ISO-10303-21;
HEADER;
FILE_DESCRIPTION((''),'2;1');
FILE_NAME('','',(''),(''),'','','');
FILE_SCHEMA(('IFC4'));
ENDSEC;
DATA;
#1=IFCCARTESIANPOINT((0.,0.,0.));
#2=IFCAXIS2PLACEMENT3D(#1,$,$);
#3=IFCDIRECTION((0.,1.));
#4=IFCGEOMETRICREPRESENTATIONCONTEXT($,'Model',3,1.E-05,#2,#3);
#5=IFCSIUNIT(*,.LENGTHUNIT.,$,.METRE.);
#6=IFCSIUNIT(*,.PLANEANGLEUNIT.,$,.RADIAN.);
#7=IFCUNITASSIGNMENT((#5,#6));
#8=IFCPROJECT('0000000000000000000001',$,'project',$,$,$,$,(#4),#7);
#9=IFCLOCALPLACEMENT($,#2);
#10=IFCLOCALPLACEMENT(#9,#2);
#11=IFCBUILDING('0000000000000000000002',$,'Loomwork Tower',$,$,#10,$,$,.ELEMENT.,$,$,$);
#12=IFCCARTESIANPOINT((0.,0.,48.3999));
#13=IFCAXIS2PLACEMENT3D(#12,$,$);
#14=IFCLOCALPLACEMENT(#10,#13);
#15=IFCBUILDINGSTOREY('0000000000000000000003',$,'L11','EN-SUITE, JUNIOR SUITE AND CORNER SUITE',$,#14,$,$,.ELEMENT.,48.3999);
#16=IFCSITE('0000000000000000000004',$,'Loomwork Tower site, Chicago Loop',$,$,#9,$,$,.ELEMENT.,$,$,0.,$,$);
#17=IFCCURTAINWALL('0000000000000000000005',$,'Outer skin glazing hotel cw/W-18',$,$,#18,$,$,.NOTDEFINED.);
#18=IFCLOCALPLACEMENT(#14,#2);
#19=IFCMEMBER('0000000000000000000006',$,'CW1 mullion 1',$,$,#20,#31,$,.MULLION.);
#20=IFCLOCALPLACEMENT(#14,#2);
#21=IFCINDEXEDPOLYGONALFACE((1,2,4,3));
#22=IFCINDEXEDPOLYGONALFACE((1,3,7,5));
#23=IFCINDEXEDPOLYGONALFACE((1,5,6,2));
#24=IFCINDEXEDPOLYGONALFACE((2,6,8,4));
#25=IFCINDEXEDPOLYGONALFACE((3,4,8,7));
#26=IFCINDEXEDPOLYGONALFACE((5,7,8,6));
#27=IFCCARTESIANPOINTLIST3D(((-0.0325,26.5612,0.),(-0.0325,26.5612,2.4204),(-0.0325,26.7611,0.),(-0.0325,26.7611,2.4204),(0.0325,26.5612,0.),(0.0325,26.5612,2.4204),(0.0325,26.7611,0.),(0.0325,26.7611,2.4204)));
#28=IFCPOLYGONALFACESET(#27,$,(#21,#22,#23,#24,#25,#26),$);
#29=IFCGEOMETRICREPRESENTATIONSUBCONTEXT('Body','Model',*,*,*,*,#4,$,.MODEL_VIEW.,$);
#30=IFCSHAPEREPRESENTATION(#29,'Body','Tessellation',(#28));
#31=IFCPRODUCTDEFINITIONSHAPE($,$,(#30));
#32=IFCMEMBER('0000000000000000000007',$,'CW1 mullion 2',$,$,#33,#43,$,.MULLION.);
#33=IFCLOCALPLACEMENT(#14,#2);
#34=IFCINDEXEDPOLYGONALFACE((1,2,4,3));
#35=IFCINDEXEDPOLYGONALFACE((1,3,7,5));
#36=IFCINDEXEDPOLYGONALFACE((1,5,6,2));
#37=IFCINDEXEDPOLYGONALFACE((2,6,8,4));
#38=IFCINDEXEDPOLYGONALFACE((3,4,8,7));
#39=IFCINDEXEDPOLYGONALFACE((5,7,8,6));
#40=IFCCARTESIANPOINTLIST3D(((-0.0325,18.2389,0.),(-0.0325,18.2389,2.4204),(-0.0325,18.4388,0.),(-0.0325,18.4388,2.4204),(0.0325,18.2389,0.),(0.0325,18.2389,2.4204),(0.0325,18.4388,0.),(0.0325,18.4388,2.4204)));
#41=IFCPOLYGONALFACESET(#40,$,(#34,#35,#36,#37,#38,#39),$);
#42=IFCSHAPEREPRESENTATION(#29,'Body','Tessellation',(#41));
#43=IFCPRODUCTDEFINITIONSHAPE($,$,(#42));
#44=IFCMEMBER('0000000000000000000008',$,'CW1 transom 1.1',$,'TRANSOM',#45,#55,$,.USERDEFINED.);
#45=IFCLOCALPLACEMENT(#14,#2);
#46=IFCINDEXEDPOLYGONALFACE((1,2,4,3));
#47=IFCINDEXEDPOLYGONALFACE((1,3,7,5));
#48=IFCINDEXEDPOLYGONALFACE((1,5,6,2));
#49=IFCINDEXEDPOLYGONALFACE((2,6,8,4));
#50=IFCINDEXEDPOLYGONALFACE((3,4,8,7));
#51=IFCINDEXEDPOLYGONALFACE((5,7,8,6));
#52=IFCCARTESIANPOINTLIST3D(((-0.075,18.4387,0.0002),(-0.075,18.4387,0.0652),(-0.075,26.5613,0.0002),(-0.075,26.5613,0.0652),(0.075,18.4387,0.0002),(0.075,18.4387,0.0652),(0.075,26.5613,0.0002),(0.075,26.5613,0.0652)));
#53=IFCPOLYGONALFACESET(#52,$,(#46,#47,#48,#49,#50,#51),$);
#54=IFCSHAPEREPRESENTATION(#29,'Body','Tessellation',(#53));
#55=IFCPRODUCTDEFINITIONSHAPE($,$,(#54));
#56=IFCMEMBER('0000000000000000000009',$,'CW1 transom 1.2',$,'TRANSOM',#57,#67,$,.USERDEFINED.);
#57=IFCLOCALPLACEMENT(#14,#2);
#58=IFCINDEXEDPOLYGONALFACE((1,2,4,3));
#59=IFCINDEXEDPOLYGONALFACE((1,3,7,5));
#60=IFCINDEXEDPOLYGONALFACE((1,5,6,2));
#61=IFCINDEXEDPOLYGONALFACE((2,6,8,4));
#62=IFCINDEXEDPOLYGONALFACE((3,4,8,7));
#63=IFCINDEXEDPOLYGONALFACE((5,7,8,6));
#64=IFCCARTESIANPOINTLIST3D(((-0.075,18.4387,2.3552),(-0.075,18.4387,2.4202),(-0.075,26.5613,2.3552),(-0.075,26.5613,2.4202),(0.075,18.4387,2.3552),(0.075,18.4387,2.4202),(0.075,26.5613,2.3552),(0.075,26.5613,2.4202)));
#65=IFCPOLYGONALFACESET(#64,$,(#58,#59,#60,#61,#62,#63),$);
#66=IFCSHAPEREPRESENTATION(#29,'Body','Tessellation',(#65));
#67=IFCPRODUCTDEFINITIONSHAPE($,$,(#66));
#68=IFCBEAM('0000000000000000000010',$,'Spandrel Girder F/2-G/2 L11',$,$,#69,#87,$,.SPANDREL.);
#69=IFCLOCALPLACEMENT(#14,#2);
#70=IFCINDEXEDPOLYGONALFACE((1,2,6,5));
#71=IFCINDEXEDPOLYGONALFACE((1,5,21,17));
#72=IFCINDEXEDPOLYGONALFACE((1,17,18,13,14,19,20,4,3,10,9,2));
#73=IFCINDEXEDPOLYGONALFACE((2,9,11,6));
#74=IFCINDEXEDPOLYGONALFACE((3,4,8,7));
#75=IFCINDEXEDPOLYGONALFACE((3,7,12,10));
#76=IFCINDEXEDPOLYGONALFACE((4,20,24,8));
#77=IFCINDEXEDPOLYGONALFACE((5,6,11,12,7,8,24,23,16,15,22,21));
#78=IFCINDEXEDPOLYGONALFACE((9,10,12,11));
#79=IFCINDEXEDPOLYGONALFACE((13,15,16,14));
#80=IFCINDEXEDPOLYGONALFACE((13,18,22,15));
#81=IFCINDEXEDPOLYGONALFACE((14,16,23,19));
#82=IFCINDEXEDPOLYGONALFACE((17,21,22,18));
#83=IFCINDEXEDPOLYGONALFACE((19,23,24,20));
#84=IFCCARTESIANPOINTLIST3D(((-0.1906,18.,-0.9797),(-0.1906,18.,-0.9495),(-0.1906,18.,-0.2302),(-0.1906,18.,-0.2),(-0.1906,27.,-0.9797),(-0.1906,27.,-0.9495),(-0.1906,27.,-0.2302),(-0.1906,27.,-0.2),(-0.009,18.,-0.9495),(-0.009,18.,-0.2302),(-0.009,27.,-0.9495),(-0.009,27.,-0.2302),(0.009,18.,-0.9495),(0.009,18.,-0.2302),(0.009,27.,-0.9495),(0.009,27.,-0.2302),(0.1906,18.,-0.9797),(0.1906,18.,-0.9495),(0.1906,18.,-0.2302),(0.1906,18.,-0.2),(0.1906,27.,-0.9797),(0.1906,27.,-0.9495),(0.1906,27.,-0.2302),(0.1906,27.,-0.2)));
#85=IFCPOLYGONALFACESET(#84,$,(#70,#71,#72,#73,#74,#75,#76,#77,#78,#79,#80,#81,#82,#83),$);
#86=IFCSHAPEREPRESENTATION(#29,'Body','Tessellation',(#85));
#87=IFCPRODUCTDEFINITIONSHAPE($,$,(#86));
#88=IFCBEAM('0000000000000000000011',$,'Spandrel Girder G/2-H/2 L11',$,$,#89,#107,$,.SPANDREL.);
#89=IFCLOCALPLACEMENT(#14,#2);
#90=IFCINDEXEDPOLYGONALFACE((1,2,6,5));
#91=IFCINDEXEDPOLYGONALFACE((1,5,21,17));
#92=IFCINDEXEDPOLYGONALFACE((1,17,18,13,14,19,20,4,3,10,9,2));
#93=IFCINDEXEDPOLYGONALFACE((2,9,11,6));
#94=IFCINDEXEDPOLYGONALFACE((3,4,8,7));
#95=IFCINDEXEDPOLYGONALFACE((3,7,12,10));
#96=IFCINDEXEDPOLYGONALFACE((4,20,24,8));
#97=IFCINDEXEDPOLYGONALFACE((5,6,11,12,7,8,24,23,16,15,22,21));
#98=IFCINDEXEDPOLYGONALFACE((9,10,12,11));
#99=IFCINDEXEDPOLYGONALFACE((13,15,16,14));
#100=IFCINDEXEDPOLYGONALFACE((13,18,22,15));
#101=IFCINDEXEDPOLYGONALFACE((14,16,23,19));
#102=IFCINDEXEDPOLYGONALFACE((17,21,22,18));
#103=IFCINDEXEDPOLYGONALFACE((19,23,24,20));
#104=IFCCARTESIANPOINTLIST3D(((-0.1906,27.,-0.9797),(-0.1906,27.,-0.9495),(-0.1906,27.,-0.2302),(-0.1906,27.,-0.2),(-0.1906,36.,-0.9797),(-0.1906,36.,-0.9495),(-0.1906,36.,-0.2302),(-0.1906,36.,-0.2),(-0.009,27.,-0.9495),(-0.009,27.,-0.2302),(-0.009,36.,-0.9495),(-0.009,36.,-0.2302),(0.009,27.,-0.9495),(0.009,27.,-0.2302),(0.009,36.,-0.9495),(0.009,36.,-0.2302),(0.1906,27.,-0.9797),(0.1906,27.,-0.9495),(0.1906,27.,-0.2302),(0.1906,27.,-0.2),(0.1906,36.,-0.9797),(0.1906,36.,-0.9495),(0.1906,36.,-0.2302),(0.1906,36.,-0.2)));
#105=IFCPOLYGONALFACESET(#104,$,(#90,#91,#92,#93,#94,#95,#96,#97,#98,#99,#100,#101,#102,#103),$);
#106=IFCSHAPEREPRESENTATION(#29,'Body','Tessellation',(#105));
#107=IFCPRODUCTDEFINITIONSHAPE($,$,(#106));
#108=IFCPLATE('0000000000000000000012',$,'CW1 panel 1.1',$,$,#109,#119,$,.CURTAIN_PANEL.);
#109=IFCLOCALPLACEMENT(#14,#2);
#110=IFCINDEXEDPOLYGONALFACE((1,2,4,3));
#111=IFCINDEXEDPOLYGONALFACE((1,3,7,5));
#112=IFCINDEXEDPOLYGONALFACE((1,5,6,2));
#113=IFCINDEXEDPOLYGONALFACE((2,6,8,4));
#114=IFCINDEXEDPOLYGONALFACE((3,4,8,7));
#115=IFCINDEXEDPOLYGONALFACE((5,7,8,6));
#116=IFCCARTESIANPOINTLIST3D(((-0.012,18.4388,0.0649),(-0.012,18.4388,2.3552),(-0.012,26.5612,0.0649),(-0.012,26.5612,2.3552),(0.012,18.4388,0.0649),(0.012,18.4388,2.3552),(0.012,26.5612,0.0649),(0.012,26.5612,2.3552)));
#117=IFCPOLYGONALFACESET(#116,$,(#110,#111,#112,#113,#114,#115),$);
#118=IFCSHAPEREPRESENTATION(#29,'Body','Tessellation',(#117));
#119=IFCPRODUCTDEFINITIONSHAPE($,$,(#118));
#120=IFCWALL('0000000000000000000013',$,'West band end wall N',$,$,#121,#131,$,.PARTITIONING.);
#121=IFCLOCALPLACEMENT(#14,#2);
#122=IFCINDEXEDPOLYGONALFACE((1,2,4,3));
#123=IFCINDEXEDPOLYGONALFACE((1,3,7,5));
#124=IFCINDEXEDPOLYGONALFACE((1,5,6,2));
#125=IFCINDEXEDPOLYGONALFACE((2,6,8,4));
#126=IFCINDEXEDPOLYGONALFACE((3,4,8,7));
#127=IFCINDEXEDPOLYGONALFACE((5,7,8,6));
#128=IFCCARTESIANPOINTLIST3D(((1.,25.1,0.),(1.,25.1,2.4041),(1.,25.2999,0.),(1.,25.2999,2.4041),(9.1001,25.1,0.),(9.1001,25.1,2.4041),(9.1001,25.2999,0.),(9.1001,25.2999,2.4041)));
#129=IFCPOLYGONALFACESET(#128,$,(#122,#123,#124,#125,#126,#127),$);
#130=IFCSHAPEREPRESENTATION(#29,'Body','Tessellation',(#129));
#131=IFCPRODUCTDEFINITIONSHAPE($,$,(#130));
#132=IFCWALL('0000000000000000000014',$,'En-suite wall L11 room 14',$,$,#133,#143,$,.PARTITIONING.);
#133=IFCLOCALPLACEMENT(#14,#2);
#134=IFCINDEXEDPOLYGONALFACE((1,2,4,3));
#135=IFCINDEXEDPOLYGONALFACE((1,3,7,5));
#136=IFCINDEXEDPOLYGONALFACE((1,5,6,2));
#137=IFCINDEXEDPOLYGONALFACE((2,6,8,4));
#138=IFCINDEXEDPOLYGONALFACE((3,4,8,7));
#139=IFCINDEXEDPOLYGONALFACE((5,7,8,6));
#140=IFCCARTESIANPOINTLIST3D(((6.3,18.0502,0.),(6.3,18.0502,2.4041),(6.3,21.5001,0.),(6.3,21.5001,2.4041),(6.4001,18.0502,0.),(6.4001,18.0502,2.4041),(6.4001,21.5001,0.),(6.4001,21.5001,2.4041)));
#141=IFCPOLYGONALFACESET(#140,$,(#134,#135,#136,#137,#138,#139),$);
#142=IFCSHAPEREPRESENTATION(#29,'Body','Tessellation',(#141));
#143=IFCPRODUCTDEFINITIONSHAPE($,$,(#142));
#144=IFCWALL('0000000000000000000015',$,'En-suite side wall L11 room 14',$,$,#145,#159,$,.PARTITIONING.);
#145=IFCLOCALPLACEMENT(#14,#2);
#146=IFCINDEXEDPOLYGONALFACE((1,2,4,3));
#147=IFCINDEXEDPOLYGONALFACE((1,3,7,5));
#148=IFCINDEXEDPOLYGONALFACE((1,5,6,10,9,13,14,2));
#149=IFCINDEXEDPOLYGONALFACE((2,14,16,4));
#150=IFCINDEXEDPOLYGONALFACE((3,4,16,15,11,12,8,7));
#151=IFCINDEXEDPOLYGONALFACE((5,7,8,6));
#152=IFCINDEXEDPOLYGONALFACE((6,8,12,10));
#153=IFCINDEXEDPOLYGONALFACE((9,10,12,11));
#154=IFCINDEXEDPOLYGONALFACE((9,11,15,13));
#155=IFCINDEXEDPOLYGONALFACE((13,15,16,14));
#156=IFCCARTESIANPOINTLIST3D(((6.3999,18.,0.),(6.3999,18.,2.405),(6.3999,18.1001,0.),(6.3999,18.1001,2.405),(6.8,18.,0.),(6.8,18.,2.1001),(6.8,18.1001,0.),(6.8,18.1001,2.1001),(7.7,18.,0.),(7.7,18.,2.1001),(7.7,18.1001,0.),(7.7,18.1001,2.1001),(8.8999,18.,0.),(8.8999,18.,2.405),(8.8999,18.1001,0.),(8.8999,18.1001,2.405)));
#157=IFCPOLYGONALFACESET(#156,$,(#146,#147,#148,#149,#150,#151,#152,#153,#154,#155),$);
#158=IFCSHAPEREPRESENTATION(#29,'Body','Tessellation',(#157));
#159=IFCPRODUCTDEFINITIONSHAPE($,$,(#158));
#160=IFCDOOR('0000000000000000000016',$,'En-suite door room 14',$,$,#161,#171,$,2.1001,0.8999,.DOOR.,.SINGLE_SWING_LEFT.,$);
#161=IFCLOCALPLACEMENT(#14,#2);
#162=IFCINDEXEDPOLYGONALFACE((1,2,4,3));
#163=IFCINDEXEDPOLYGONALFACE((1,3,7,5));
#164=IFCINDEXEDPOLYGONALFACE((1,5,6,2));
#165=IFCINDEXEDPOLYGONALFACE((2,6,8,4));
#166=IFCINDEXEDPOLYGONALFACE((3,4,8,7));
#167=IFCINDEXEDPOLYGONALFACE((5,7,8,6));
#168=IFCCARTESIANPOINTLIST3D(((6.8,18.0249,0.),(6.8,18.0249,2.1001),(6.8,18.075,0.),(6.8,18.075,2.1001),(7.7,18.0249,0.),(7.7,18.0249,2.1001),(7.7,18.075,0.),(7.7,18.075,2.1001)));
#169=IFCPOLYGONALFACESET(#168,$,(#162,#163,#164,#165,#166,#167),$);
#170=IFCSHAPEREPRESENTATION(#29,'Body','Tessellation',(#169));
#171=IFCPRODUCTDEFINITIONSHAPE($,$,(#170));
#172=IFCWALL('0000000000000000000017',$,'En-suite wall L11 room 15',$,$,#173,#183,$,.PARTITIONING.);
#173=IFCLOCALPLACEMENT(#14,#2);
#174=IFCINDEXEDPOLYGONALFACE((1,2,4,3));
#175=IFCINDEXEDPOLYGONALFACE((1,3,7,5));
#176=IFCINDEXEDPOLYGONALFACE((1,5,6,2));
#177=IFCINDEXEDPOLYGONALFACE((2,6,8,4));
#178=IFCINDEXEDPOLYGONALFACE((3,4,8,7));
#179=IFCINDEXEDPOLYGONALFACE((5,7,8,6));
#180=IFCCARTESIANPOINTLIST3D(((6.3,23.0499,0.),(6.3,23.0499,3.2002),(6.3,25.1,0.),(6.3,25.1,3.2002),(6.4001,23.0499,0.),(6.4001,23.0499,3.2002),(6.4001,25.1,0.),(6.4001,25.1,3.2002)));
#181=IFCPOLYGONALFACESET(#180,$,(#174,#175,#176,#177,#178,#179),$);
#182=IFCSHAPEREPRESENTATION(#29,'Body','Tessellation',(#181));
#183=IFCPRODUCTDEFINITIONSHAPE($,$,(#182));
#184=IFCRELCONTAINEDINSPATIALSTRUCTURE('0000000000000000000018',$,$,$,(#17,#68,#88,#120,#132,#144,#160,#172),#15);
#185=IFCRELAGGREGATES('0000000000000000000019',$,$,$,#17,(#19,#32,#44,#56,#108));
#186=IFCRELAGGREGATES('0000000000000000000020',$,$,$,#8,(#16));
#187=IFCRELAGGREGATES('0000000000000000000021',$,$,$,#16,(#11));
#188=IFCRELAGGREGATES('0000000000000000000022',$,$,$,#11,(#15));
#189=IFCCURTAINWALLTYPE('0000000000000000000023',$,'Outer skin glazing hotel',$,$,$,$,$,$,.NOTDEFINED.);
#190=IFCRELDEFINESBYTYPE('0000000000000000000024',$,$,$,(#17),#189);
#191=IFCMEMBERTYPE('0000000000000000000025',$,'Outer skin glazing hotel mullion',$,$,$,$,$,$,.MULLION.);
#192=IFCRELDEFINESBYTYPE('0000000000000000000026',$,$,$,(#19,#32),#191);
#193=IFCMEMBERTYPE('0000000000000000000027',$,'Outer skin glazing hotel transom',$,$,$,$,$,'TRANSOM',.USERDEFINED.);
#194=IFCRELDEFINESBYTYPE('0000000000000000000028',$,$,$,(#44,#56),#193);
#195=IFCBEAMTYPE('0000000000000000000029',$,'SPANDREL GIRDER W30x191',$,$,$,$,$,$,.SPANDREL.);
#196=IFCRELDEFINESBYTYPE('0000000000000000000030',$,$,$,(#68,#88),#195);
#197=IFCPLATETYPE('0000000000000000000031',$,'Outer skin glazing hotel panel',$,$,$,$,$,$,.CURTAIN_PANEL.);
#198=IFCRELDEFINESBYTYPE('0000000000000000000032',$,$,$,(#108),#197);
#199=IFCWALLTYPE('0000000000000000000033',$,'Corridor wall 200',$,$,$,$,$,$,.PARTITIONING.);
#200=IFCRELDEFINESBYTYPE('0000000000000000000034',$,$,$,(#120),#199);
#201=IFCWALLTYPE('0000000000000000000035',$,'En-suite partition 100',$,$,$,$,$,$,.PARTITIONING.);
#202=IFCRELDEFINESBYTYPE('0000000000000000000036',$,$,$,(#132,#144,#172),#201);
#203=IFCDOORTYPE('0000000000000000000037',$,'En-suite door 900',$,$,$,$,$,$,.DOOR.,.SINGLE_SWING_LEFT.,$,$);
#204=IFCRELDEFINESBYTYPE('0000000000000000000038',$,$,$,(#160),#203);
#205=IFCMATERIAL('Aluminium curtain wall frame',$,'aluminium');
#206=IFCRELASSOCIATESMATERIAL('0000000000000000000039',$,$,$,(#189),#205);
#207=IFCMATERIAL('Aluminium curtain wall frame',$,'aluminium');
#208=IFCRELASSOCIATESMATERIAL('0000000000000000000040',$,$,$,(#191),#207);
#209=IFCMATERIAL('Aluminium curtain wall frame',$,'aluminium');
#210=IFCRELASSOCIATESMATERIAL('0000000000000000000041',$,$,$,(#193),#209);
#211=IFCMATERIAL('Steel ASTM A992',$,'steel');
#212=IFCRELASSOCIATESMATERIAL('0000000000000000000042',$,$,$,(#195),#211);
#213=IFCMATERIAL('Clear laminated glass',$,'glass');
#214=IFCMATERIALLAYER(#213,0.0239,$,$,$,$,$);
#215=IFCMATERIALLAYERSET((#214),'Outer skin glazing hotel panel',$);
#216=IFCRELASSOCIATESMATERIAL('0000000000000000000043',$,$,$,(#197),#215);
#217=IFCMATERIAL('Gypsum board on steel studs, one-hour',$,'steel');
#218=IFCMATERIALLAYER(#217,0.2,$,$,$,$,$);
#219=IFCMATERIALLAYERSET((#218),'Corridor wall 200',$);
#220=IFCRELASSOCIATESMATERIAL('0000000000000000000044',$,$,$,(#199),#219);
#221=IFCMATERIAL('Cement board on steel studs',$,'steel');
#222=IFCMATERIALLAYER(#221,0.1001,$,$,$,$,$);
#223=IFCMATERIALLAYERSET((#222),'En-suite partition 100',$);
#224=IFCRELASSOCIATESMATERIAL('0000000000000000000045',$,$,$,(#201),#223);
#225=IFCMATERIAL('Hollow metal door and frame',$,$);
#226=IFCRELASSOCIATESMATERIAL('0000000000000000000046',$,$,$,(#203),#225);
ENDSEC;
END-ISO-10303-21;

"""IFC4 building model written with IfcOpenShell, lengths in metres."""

from ifc_helpers import new_model, si_unit, direction, frame, frame_2d, origin, origin_2d, place, context, subcontext, project, spatial, rectangle, i_section, extrude, material, layer, layer_set, material_profile, profile_set, type_object, element, fill, aggregate, save


model = new_model("IFC4")

# Units and contexts
model_context = context("Model", 3, precision=1e-05, world=origin(), true_north=direction((0.0, 1.0)))
body_context = subcontext(model_context, "Body", "Model", "MODEL_VIEW")
ifc_project = project(units=[si_unit("LENGTHUNIT", "METRE"), si_unit("PLANEANGLEUNIT", "RADIAN")], contexts=[model_context])

# Site, building, storey
site_placement = place(None, origin())
site = spatial("IfcSite", under=ifc_project, at=site_placement, Name="Loomwork Tower site, Chicago Loop", CompositionType="ELEMENT", RefElevation=0.0)
building_placement = place(site_placement, origin())
building = spatial("IfcBuilding", under=site, at=building_placement, Name="Loomwork Tower", CompositionType="ELEMENT")
storey_placement = place(building_placement, frame((0.0, 0.0, 48.3999)))
storey = spatial("IfcBuildingStorey", under=building, at=storey_placement, Name="L11", Description="EN-SUITE, JUNIOR SUITE AND CORNER SUITE", CompositionType="ELEMENT", Elevation=48.3999)

# Curtain wall, members
ifc_material_1 = material(Name="Aluminium curtain wall frame", Category="aluminium")
curtain_wall_type = type_object("IfcCurtainWallType", Name="Outer skin glazing hotel", PredefinedType="NOTDEFINED", material=ifc_material_1)
curtain_wall_placement = place(storey_placement, origin())
curtain_wall = element("IfcCurtainWall", 1, at=curtain_wall_placement, inside=storey, type_object=curtain_wall_type, Name="Outer skin glazing hotel cw/W-18", PredefinedType="NOTDEFINED")
ifc_material_2 = material(Name="Aluminium curtain wall frame", Category="aluminium")
ifc_material_profile_1 = material_profile(ifc_material_2, rectangle(XDim=0.0649, YDim=0.2, at=origin_2d()), Name="AL 65x200")
ifc_profile_set_1 = profile_set([ifc_material_profile_1], Name="Aluminium curtain wall frame")
member_type_1 = type_object("IfcMemberType", Name="Outer skin glazing hotel mullion", PredefinedType="MULLION", material=ifc_profile_set_1)
member_1_placement = place(storey_placement, frame((0.0, 26.6611, 0.0), z_axis=(0.0, 0.0, 1.0), x_axis=(1.0, 0.0, 0.0)))
member_1 = element("IfcMember", 2, at=member_1_placement, type_object=member_type_1, Name="CW1 mullion 1", PredefinedType="MULLION", context=body_context, shape_type="SweptSolid", body=[
    extrude(rectangle(XDim=0.0649, YDim=0.2, at=origin_2d()), origin(), (0.0, 0.0, 1.0), 2.4204),
])
member_2_placement = place(storey_placement, frame((0.0, 18.3389, 0.0), z_axis=(0.0, 0.0, 1.0), x_axis=(1.0, 0.0, 0.0)))
member_2 = element("IfcMember", 3, at=member_2_placement, type_object=member_type_1, Name="CW1 mullion 2", PredefinedType="MULLION", context=body_context, shape_type="SweptSolid", body=[
    extrude(rectangle(XDim=0.0649, YDim=0.2, at=origin_2d()), origin(), (0.0, 0.0, 1.0), 2.4204),
])
ifc_material_3 = material(Name="Aluminium curtain wall frame", Category="aluminium")
ifc_material_profile_2 = material_profile(ifc_material_3, rectangle(XDim=0.1499, YDim=0.0649, at=origin_2d()), Name="AL 65x150")
ifc_profile_set_2 = profile_set([ifc_material_profile_2], Name="Aluminium curtain wall frame")
member_type_2 = type_object("IfcMemberType", Name="Outer skin glazing hotel transom", ElementType="TRANSOM", PredefinedType="USERDEFINED", material=ifc_profile_set_2)
member_3_placement = place(storey_placement, frame((0.0, 26.5613, 0.0327), z_axis=(0.0, -1.0, 0.0), x_axis=(1.0, 0.0, 0.0)))
member_3 = element("IfcMember", 4, at=member_3_placement, type_object=member_type_2, Name="CW1 transom 1.1", ObjectType="TRANSOM", PredefinedType="USERDEFINED", context=body_context, shape_type="SweptSolid", body=[
    extrude(rectangle(XDim=0.1499, YDim=0.0649, at=origin_2d()), origin(), (0.0, 0.0, 1.0), 8.1226),
])
member_4_placement = place(storey_placement, frame((0.0, 26.5613, 2.3877), z_axis=(0.0, -1.0, 0.0), x_axis=(1.0, 0.0, 0.0)))
member_4 = element("IfcMember", 5, at=member_4_placement, type_object=member_type_2, Name="CW1 transom 1.2", ObjectType="TRANSOM", PredefinedType="USERDEFINED", context=body_context, shape_type="SweptSolid", body=[
    extrude(rectangle(XDim=0.1499, YDim=0.0649, at=origin_2d()), origin(), (0.0, 0.0, 1.0), 8.1226),
])

# Beams
ifc_material_4 = material(Name="Steel ASTM A992", Category="steel")
ifc_material_profile_3 = material_profile(ifc_material_4, i_section(OverallWidth=0.3811, OverallDepth=0.7798, WebThickness=0.0181, FlangeThickness=0.0303, at=origin_2d()), Name="W30x191")
ifc_profile_set_3 = profile_set([ifc_material_profile_3], Name="Steel ASTM A992")
beam_type_1 = type_object("IfcBeamType", Name="SPANDREL GIRDER W30x191", PredefinedType="SPANDREL", material=ifc_profile_set_3)
for number, where, z_axis, x_axis, name in (
    (6, (0.0, 18.0, -0.5898), (0.0, 1.0, 0.0), (-1.0, 0.0, 0.0), "Spandrel Girder F/2-G/2 L11"),
    (7, (0.0, 27.0, -0.5898), (0.0, 1.0, 0.0), (-1.0, 0.0, 0.0), "Spandrel Girder G/2-H/2 L11"),
):
    element("IfcBeam", number, at=place(storey_placement, frame(where, z_axis=z_axis, x_axis=x_axis)), inside=storey, type_object=beam_type_1, Name=name, PredefinedType="SPANDREL", context=body_context, shape_type="SweptSolid", body=[
        extrude(i_section(OverallWidth=0.3811, OverallDepth=0.7798, WebThickness=0.0181, FlangeThickness=0.0303, at=origin_2d()), origin(), (0.0, 0.0, 1.0), 9.0),
    ])

# Plate
ifc_material_5 = material(Name="Clear laminated glass", Category="glass")
ifc_layer_1 = layer(ifc_material_5, 0.0239)
ifc_layer_set_1 = layer_set([ifc_layer_1], Name="Outer skin glazing hotel panel")
plate_type = type_object("IfcPlateType", Name="Outer skin glazing hotel panel", PredefinedType="CURTAIN_PANEL", material=ifc_layer_set_1)
plate_placement = place(storey_placement, frame((0.0, 22.5, 0.0649), z_axis=(0.0, 0.0, 1.0), x_axis=(0.0, -1.0, 0.0)))
plate = element("IfcPlate", 8, at=plate_placement, type_object=plate_type, Name="CW1 panel 1.1", PredefinedType="CURTAIN_PANEL", context=body_context, shape_type="SweptSolid", body=[
    extrude(rectangle(XDim=8.1223, YDim=0.0239, at=origin_2d()), origin(), (0.0, 0.0, 1.0), 2.2903),
])
aggregate(curtain_wall, [member_1, member_2, member_3, member_4, plate])

# Walls
ifc_material_6 = material(Name="Gypsum board on steel studs, one-hour", Category="steel")
ifc_layer_2 = layer(ifc_material_6, 0.2)
ifc_layer_set_2 = layer_set([ifc_layer_2], Name="Corridor wall 200")
wall_type_1 = type_object("IfcWallType", Name="Corridor wall 200", PredefinedType="PARTITIONING", material=ifc_layer_set_2)
wall_1_placement = place(storey_placement, frame((1.0, 25.2, 0.0), z_axis=(0.0, 0.0, 1.0), x_axis=(1.0, 0.0, 0.0)))
element("IfcWall", 9, at=wall_1_placement, inside=storey, type_object=wall_type_1, Name="West band end wall N", PredefinedType="PARTITIONING", context=body_context, shape_type="SweptSolid", body=[
    extrude(rectangle(XDim=8.1001, YDim=0.2, at=frame_2d((4.05, 0.0))), origin(), (0.0, 0.0, 1.0), 2.4041),
])
ifc_material_7 = material(Name="Cement board on steel studs", Category="steel")
ifc_layer_3 = layer(ifc_material_7, 0.1001)
ifc_layer_set_3 = layer_set([ifc_layer_3], Name="En-suite partition 100")
wall_type_2 = type_object("IfcWallType", Name="En-suite partition 100", PredefinedType="PARTITIONING", material=ifc_layer_set_3)
wall_2_placement = place(storey_placement, frame((6.3501, 18.05, 0.0), z_axis=(0.0, 0.0, 1.0), x_axis=(0.0, 1.0, 0.0)))
element("IfcWall", 10, at=wall_2_placement, inside=storey, type_object=wall_type_2, Name="En-suite wall L11 room 14", PredefinedType="PARTITIONING", context=body_context, shape_type="SweptSolid", body=[
    extrude(rectangle(XDim=3.45, YDim=0.1001, at=frame_2d((1.7251, 0.0))), origin(), (0.0, 0.0, 1.0), 2.4041),
])

# Wall, opening, door
wall_3_placement = place(storey_placement, frame((8.8999, 18.05, 0.0), z_axis=(0.0, 0.0, 1.0), x_axis=(-1.0, 0.0, 0.0)))
wall_3 = element("IfcWall", 11, at=wall_3_placement, inside=storey, type_object=wall_type_2, Name="En-suite side wall L11 room 14", PredefinedType="PARTITIONING", context=body_context, shape_type="SweptSolid", body=[
    extrude(rectangle(XDim=2.5, YDim=0.1001, at=frame_2d((1.25, 0.0))), origin(), (0.0, 0.0, 1.0), 2.405),
])
opening_1_placement = place(wall_3_placement, frame((1.2, 0.0, 0.0)))
opening_1 = element("IfcOpeningElement", 12, at=opening_1_placement, cuts=wall_3, PredefinedType="OPENING", context=body_context, shape_type="SweptSolid", body=[
    extrude(rectangle(XDim=0.8999, YDim=2.1001, at=frame_2d((0.45, 1.05))), frame((0.0, 0.0601, 0.0), z_axis=(0.0, -1.0, 0.0), x_axis=(1.0, 0.0, 0.0)), (0.0, 0.0, 1.0), 0.1201),
])
ifc_material_8 = material(Name="Hollow metal door and frame")
door_type = type_object("IfcDoorType", Name="En-suite door 900", OperationType="SINGLE_SWING_LEFT", PredefinedType="DOOR", material=ifc_material_8)
door_1_placement = place(opening_1_placement, frame((0.8999, 0.0, 0.0), z_axis=(0.0, 0.0, 1.0), x_axis=(-1.0, 0.0, 0.0)))
door_1 = element("IfcDoor", 13, at=door_1_placement, inside=storey, type_object=door_type, Name="En-suite door room 14", OperationType="SINGLE_SWING_LEFT", OverallHeight=2.1001, OverallWidth=0.8999, PredefinedType="DOOR", context=body_context, shape_type="SweptSolid", body=[
    extrude(rectangle(XDim=0.8999, YDim=2.1001, at=frame_2d((0.45, 1.05))), frame((0.0, 0.0249, 0.0), z_axis=(0.0, -1.0, 0.0), x_axis=(1.0, 0.0, 0.0)), (0.0, 0.0, 1.0), 0.05),
])
fill(opening_1, door_1)

# Wall
wall_4_placement = place(storey_placement, frame((6.3501, 23.05, 0.0), z_axis=(0.0, 0.0, 1.0), x_axis=(0.0, 1.0, 0.0)))
element("IfcWall", 14, at=wall_4_placement, inside=storey, type_object=wall_type_2, Name="En-suite wall L11 room 15", PredefinedType="PARTITIONING", context=body_context, shape_type="SweptSolid", body=[
    extrude(rectangle(XDim=2.05, YDim=0.1001, at=frame_2d((1.0249, 0.0))), origin(), (0.0, 0.0, 1.0), 3.2002),
])

save(model, "model.ifc")
